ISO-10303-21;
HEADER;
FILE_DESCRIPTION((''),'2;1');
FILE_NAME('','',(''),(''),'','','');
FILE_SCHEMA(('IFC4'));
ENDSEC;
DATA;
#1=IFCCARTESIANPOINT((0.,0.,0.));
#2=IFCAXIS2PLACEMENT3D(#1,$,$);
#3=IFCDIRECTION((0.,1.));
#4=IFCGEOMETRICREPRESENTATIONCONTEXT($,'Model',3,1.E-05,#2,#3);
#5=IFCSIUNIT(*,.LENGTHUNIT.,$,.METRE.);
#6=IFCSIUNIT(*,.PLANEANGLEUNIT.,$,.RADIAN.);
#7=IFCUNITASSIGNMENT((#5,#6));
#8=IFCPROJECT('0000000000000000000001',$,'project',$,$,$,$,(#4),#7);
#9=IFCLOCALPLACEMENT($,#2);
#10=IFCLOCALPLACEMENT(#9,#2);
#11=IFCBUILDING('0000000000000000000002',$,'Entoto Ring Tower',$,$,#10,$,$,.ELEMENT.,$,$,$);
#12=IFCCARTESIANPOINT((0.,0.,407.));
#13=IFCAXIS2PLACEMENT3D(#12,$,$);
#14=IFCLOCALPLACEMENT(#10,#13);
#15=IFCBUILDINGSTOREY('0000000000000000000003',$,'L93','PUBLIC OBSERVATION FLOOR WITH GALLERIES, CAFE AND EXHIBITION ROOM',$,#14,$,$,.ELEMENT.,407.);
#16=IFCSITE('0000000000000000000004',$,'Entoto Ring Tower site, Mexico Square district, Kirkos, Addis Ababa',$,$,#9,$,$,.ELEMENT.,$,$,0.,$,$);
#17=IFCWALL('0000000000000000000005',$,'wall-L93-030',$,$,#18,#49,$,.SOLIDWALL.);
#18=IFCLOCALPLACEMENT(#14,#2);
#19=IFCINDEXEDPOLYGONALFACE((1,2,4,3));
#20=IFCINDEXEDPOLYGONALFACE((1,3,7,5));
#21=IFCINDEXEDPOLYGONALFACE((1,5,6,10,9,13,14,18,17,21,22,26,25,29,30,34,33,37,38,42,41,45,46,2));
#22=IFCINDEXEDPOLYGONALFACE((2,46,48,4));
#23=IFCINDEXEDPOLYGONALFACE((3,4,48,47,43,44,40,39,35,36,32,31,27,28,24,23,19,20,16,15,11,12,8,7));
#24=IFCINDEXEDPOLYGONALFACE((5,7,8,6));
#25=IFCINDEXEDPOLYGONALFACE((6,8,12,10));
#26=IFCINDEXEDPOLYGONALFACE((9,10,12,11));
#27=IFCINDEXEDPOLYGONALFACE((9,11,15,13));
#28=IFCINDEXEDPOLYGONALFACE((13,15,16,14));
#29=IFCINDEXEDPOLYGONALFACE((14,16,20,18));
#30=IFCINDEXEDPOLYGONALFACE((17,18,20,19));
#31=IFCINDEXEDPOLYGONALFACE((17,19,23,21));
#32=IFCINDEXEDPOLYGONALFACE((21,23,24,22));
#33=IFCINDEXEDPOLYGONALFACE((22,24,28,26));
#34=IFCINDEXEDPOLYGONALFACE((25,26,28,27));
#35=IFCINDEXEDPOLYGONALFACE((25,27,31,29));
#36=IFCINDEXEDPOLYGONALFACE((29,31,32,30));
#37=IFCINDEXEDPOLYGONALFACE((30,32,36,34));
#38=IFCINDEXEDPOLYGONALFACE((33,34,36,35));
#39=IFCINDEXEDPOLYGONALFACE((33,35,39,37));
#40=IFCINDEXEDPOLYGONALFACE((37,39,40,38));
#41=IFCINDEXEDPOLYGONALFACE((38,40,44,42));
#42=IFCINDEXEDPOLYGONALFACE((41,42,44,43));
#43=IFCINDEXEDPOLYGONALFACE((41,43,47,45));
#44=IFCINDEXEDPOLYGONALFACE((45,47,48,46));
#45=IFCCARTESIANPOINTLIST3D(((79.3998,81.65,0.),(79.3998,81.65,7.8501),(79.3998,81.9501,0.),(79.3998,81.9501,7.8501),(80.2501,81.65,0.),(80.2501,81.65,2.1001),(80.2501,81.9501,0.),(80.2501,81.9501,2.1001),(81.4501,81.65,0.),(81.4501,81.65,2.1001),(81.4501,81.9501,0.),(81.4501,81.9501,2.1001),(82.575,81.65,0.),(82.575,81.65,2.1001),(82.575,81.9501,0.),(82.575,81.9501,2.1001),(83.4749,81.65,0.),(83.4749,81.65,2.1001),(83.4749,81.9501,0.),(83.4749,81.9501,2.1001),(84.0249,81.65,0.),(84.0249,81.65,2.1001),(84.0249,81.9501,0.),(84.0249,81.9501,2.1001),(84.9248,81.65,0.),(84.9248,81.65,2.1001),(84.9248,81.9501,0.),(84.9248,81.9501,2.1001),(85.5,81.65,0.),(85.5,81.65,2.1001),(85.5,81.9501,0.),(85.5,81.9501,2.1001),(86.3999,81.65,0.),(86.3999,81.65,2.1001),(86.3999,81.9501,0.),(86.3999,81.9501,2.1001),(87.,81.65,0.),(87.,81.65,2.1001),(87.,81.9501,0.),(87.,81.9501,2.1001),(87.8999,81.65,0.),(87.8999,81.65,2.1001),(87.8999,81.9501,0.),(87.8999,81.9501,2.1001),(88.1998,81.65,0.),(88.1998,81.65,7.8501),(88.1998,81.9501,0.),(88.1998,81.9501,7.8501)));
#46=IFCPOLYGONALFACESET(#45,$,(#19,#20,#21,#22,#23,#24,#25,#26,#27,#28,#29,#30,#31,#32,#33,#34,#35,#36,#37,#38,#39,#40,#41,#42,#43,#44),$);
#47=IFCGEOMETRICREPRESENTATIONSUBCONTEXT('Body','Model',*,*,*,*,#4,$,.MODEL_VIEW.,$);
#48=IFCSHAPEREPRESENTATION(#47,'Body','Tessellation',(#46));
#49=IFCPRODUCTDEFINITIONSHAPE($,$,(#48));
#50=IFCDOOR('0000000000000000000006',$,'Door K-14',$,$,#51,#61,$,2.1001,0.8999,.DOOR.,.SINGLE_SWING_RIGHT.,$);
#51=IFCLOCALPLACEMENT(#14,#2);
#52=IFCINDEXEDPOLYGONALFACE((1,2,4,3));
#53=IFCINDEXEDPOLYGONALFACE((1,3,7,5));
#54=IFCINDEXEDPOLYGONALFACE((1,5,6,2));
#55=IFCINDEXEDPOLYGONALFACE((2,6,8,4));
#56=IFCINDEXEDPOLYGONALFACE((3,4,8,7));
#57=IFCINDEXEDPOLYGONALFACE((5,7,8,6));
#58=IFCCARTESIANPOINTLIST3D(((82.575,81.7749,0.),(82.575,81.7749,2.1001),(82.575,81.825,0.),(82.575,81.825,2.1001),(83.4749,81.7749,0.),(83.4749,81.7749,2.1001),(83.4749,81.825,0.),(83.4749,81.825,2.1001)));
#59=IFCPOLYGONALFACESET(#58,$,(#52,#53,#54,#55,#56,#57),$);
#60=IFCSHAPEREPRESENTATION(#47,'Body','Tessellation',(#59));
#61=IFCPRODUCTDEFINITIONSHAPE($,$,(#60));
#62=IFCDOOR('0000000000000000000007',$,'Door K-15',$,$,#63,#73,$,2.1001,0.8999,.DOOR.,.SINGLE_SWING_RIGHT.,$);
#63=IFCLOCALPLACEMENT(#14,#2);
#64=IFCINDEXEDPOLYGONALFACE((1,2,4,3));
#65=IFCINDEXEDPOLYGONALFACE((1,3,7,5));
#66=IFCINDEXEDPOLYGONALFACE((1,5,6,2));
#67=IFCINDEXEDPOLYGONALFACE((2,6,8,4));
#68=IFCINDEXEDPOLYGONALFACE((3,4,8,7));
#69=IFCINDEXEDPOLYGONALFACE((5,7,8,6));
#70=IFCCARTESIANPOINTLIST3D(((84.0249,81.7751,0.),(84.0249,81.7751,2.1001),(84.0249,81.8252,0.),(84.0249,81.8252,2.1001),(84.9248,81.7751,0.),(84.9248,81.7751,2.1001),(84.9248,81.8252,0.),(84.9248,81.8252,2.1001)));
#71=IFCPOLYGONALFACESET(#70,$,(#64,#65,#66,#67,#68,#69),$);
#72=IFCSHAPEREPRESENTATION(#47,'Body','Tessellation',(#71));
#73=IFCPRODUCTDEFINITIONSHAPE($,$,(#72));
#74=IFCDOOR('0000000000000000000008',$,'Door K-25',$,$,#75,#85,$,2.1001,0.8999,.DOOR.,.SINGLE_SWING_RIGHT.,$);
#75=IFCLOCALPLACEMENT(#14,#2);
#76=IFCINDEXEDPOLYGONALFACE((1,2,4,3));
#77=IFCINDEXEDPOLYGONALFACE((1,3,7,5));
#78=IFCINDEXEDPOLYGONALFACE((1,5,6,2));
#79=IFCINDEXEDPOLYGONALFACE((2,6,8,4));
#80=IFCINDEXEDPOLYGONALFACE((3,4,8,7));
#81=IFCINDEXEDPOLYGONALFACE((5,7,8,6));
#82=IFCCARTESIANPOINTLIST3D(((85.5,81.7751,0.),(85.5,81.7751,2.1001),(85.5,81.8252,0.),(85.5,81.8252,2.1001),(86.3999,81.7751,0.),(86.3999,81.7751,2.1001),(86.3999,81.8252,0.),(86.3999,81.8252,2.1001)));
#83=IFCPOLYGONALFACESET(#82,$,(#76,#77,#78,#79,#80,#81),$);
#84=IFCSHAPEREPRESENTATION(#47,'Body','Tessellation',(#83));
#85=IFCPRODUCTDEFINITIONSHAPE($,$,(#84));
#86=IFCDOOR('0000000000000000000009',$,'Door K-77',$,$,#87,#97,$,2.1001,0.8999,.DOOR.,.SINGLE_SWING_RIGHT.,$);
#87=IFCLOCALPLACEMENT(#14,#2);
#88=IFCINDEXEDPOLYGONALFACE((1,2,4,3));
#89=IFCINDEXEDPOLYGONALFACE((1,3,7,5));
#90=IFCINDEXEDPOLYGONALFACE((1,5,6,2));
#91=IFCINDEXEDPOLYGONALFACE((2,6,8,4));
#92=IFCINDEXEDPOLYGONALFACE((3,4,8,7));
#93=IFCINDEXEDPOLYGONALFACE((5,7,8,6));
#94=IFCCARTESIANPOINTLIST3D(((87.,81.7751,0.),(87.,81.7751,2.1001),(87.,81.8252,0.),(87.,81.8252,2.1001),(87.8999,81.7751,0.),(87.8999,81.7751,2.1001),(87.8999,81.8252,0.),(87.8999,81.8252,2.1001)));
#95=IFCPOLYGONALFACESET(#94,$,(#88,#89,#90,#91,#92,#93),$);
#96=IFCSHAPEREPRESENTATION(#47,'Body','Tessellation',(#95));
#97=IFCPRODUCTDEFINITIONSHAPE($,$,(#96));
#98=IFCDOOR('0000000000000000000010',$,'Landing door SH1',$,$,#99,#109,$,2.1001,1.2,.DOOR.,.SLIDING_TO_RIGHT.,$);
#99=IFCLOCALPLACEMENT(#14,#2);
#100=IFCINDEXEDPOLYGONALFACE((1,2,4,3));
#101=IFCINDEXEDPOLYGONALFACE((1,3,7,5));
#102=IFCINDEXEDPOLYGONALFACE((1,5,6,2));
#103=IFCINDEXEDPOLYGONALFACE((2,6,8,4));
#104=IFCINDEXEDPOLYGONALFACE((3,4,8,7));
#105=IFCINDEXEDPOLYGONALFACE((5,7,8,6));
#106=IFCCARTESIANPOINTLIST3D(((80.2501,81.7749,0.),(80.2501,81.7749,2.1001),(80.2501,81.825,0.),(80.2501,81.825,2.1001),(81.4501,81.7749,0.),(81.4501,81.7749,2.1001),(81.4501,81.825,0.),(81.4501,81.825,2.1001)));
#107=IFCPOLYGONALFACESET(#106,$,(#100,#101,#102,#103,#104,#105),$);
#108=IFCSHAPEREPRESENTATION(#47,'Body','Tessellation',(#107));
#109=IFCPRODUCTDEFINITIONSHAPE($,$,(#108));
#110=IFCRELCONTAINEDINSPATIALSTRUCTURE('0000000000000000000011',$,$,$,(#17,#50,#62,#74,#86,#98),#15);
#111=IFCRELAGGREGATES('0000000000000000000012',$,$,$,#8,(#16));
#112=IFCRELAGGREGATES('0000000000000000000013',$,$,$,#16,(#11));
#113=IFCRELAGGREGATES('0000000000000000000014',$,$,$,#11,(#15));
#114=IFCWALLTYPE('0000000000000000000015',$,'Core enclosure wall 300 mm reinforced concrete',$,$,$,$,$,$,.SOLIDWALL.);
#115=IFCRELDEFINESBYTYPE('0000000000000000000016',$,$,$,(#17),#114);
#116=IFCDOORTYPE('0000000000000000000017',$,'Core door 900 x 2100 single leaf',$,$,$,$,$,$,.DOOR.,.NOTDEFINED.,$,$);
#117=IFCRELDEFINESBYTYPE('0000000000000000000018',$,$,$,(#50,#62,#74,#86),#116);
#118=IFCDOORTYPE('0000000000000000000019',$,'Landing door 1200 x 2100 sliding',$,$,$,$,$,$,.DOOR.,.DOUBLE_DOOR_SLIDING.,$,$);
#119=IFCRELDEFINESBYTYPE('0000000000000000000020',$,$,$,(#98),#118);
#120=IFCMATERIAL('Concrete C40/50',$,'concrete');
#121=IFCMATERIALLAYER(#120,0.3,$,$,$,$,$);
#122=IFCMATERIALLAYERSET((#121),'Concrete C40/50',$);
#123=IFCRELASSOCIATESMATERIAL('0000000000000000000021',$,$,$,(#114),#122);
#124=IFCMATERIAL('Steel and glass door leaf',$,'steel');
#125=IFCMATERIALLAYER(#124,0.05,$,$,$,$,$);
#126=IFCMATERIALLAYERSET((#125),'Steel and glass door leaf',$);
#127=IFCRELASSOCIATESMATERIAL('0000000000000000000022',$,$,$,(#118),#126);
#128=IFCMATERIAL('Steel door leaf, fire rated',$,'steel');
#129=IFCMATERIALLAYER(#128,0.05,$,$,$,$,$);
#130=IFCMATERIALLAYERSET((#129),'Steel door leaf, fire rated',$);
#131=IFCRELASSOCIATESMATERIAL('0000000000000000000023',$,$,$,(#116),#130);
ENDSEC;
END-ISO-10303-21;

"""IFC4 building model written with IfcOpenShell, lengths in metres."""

from ifc_helpers import new_model, si_unit, direction, frame, frame_2d, origin, place, context, subcontext, project, spatial, rectangle, extrude, material, layer, layer_set, type_object, element, fill, save


model = new_model("IFC4")

# Units and contexts
model_context = context("Model", 3, precision=1e-05, world=origin(), true_north=direction((0.0, 1.0)))
body_context = subcontext(model_context, "Body", "Model", "MODEL_VIEW")
ifc_project = project(units=[si_unit("LENGTHUNIT", "METRE"), si_unit("PLANEANGLEUNIT", "RADIAN")], contexts=[model_context])

# Site, building, storey
site_placement = place(None, origin())
site = spatial("IfcSite", under=ifc_project, at=site_placement, Name="Entoto Ring Tower site, Mexico Square district, Kirkos, Addis Ababa", CompositionType="ELEMENT", RefElevation=0.0)
building_placement = place(site_placement, origin())
building = spatial("IfcBuilding", under=site, at=building_placement, Name="Entoto Ring Tower", CompositionType="ELEMENT")
storey_placement = place(building_placement, frame((0.0, 0.0, 407.0)))
storey = spatial("IfcBuildingStorey", under=building, at=storey_placement, Name="L93", Description="PUBLIC OBSERVATION FLOOR WITH GALLERIES, CAFE AND EXHIBITION ROOM", CompositionType="ELEMENT", Elevation=407.0)

# Shared definitions
ifc_material_1 = material(Name="Concrete C40/50", Category="concrete")
ifc_layer_1 = layer(ifc_material_1, 0.3)
ifc_layer_set_1 = layer_set([ifc_layer_1], Name="Concrete C40/50")
wall_type = type_object("IfcWallType", Name="Core enclosure wall 300 mm reinforced concrete", PredefinedType="SOLIDWALL", material=ifc_layer_set_1)
ifc_material_2 = material(Name="Steel and glass door leaf", Category="steel")
ifc_layer_2 = layer(ifc_material_2, 0.05)
ifc_layer_set_2 = layer_set([ifc_layer_2], Name="Steel and glass door leaf")
door_type_1 = type_object("IfcDoorType", Name="Landing door 1200 x 2100 sliding", OperationType="DOUBLE_DOOR_SLIDING", PredefinedType="DOOR", material=ifc_layer_set_2)

# Wall, openings, doors
ifc_material_3 = material(Name="Steel door leaf, fire rated", Category="steel")
ifc_layer_3 = layer(ifc_material_3, 0.05)
ifc_layer_set_3 = layer_set([ifc_layer_3], Name="Steel door leaf, fire rated")
door_type_2 = type_object("IfcDoorType", Name="Core door 900 x 2100 single leaf", OperationType="NOTDEFINED", PredefinedType="DOOR", material=ifc_layer_set_3)
wall_1_placement = place(storey_placement, frame((79.3999, 81.8, 0.0), z_axis=(0.0, 0.0, 1.0), x_axis=(1.0, 0.0, 0.0)))
wall_1 = element("IfcWall", 1, at=wall_1_placement, inside=storey, type_object=wall_type, Name="wall-L93-030", PredefinedType="SOLIDWALL", context=body_context, shape_type="SweptSolid", body=[
    extrude(rectangle(XDim=8.8, YDim=0.3, at=frame_2d((4.3999, 0.0))), origin(), (0.0, 0.0, 1.0), 7.8501),
])
opening_1_placement = place(wall_1_placement, frame((0.8501, 0.0, 0.0)))
opening_1 = element("IfcOpeningElement", 2, at=opening_1_placement, cuts=wall_1, PredefinedType="OPENING", context=body_context, shape_type="SweptSolid", body=[
    extrude(rectangle(XDim=1.2, YDim=2.1001, at=frame_2d((0.6001, 1.05))), frame((0.0, 0.1602, 0.0), z_axis=(0.0, -1.0, 0.0), x_axis=(1.0, 0.0, 0.0)), (0.0, 0.0, 1.0), 0.3201),
])
opening_2_placement = place(wall_1_placement, frame((3.175, 0.0, 0.0)))
opening_2 = element("IfcOpeningElement", 3, at=opening_2_placement, cuts=wall_1, PredefinedType="OPENING", context=body_context, shape_type="SweptSolid", body=[
    extrude(rectangle(XDim=0.8999, YDim=2.1001, at=frame_2d((0.45, 1.05))), frame((0.0, 0.1602, 0.0), z_axis=(0.0, -1.0, 0.0), x_axis=(1.0, 0.0, 0.0)), (0.0, 0.0, 1.0), 0.3201),
])
opening_3_placement = place(wall_1_placement, frame((4.625, 0.0, 0.0)))
opening_3 = element("IfcOpeningElement", 4, at=opening_3_placement, cuts=wall_1, PredefinedType="OPENING", context=body_context, shape_type="SweptSolid", body=[
    extrude(rectangle(XDim=0.8999, YDim=2.1001, at=frame_2d((0.45, 1.05))), frame((0.0, 0.1602, 0.0), z_axis=(0.0, -1.0, 0.0), x_axis=(1.0, 0.0, 0.0)), (0.0, 0.0, 1.0), 0.3201),
])
opening_4_placement = place(wall_1_placement, frame((6.1001, 0.0, 0.0)))
opening_4 = element("IfcOpeningElement", 5, at=opening_4_placement, cuts=wall_1, PredefinedType="OPENING", context=body_context, shape_type="SweptSolid", body=[
    extrude(rectangle(XDim=0.8999, YDim=2.1001, at=frame_2d((0.45, 1.05))), frame((0.0, 0.1602, 0.0), z_axis=(0.0, -1.0, 0.0), x_axis=(1.0, 0.0, 0.0)), (0.0, 0.0, 1.0), 0.3201),
])
opening_5_placement = place(wall_1_placement, frame((7.6001, 0.0, 0.0)))
opening_5 = element("IfcOpeningElement", 6, at=opening_5_placement, cuts=wall_1, PredefinedType="OPENING", context=body_context, shape_type="SweptSolid", body=[
    extrude(rectangle(XDim=0.8999, YDim=2.1001, at=frame_2d((0.45, 1.05))), frame((0.0, 0.1602, 0.0), z_axis=(0.0, -1.0, 0.0), x_axis=(1.0, 0.0, 0.0)), (0.0, 0.0, 1.0), 0.3201),
])
door_1_placement = place(opening_2_placement, origin())
door_1 = element("IfcDoor", 7, at=door_1_placement, inside=storey, type_object=door_type_2, Name="Door K-14", OperationType="SINGLE_SWING_RIGHT", OverallHeight=2.1001, OverallWidth=0.8999, PredefinedType="DOOR", context=body_context, shape_type="SweptSolid", body=[
    extrude(rectangle(XDim=0.8999, YDim=2.1001, at=frame_2d((0.45, 1.05))), frame((0.0, 0.0249, 0.0), z_axis=(0.0, -1.0, 0.0), x_axis=(1.0, 0.0, 0.0)), (0.0, 0.0, 1.0), 0.05),
])
fill(opening_2, door_1)
door_2_placement = place(opening_3_placement, frame((0.8999, 0.0, 0.0), z_axis=(0.0, 0.0, 1.0), x_axis=(-1.0, 0.0, 0.0)))
door_2 = element("IfcDoor", 8, at=door_2_placement, inside=storey, type_object=door_type_2, Name="Door K-15", OperationType="SINGLE_SWING_RIGHT", OverallHeight=2.1001, OverallWidth=0.8999, PredefinedType="DOOR", context=body_context, shape_type="SweptSolid", body=[
    extrude(rectangle(XDim=0.8999, YDim=2.1001, at=frame_2d((0.45, 1.05))), frame((0.0, 0.0249, 0.0), z_axis=(0.0, -1.0, 0.0), x_axis=(1.0, 0.0, 0.0)), (0.0, 0.0, 1.0), 0.05),
])
fill(opening_3, door_2)
door_3_placement = place(opening_4_placement, frame((0.8999, 0.0, 0.0), z_axis=(0.0, 0.0, 1.0), x_axis=(-1.0, 0.0, 0.0)))
door_3 = element("IfcDoor", 9, at=door_3_placement, inside=storey, type_object=door_type_2, Name="Door K-25", OperationType="SINGLE_SWING_RIGHT", OverallHeight=2.1001, OverallWidth=0.8999, PredefinedType="DOOR", context=body_context, shape_type="SweptSolid", body=[
    extrude(rectangle(XDim=0.8999, YDim=2.1001, at=frame_2d((0.45, 1.05))), frame((0.0, 0.0249, 0.0), z_axis=(0.0, -1.0, 0.0), x_axis=(1.0, 0.0, 0.0)), (0.0, 0.0, 1.0), 0.05),
])
fill(opening_4, door_3)
door_4_placement = place(opening_5_placement, frame((0.8999, 0.0, 0.0), z_axis=(0.0, 0.0, 1.0), x_axis=(-1.0, 0.0, 0.0)))
door_4 = element("IfcDoor", 10, at=door_4_placement, inside=storey, type_object=door_type_2, Name="Door K-77", OperationType="SINGLE_SWING_RIGHT", OverallHeight=2.1001, OverallWidth=0.8999, PredefinedType="DOOR", context=body_context, shape_type="SweptSolid", body=[
    extrude(rectangle(XDim=0.8999, YDim=2.1001, at=frame_2d((0.45, 1.05))), frame((0.0, 0.0249, 0.0), z_axis=(0.0, -1.0, 0.0), x_axis=(1.0, 0.0, 0.0)), (0.0, 0.0, 1.0), 0.05),
])
fill(opening_5, door_4)
door_5_placement = place(opening_1_placement, origin())
door_5 = element("IfcDoor", 11, at=door_5_placement, inside=storey, type_object=door_type_1, Name="Landing door SH1", OperationType="SLIDING_TO_RIGHT", OverallHeight=2.1001, OverallWidth=1.2, PredefinedType="DOOR", context=body_context, shape_type="SweptSolid", body=[
    extrude(rectangle(XDim=1.2, YDim=2.1001, at=frame_2d((0.6001, 1.05))), frame((0.0, 0.0249, 0.0), z_axis=(0.0, -1.0, 0.0), x_axis=(1.0, 0.0, 0.0)), (0.0, 0.0, 1.0), 0.05),
])
fill(opening_1, door_5)

save(model, "model.ifc")
